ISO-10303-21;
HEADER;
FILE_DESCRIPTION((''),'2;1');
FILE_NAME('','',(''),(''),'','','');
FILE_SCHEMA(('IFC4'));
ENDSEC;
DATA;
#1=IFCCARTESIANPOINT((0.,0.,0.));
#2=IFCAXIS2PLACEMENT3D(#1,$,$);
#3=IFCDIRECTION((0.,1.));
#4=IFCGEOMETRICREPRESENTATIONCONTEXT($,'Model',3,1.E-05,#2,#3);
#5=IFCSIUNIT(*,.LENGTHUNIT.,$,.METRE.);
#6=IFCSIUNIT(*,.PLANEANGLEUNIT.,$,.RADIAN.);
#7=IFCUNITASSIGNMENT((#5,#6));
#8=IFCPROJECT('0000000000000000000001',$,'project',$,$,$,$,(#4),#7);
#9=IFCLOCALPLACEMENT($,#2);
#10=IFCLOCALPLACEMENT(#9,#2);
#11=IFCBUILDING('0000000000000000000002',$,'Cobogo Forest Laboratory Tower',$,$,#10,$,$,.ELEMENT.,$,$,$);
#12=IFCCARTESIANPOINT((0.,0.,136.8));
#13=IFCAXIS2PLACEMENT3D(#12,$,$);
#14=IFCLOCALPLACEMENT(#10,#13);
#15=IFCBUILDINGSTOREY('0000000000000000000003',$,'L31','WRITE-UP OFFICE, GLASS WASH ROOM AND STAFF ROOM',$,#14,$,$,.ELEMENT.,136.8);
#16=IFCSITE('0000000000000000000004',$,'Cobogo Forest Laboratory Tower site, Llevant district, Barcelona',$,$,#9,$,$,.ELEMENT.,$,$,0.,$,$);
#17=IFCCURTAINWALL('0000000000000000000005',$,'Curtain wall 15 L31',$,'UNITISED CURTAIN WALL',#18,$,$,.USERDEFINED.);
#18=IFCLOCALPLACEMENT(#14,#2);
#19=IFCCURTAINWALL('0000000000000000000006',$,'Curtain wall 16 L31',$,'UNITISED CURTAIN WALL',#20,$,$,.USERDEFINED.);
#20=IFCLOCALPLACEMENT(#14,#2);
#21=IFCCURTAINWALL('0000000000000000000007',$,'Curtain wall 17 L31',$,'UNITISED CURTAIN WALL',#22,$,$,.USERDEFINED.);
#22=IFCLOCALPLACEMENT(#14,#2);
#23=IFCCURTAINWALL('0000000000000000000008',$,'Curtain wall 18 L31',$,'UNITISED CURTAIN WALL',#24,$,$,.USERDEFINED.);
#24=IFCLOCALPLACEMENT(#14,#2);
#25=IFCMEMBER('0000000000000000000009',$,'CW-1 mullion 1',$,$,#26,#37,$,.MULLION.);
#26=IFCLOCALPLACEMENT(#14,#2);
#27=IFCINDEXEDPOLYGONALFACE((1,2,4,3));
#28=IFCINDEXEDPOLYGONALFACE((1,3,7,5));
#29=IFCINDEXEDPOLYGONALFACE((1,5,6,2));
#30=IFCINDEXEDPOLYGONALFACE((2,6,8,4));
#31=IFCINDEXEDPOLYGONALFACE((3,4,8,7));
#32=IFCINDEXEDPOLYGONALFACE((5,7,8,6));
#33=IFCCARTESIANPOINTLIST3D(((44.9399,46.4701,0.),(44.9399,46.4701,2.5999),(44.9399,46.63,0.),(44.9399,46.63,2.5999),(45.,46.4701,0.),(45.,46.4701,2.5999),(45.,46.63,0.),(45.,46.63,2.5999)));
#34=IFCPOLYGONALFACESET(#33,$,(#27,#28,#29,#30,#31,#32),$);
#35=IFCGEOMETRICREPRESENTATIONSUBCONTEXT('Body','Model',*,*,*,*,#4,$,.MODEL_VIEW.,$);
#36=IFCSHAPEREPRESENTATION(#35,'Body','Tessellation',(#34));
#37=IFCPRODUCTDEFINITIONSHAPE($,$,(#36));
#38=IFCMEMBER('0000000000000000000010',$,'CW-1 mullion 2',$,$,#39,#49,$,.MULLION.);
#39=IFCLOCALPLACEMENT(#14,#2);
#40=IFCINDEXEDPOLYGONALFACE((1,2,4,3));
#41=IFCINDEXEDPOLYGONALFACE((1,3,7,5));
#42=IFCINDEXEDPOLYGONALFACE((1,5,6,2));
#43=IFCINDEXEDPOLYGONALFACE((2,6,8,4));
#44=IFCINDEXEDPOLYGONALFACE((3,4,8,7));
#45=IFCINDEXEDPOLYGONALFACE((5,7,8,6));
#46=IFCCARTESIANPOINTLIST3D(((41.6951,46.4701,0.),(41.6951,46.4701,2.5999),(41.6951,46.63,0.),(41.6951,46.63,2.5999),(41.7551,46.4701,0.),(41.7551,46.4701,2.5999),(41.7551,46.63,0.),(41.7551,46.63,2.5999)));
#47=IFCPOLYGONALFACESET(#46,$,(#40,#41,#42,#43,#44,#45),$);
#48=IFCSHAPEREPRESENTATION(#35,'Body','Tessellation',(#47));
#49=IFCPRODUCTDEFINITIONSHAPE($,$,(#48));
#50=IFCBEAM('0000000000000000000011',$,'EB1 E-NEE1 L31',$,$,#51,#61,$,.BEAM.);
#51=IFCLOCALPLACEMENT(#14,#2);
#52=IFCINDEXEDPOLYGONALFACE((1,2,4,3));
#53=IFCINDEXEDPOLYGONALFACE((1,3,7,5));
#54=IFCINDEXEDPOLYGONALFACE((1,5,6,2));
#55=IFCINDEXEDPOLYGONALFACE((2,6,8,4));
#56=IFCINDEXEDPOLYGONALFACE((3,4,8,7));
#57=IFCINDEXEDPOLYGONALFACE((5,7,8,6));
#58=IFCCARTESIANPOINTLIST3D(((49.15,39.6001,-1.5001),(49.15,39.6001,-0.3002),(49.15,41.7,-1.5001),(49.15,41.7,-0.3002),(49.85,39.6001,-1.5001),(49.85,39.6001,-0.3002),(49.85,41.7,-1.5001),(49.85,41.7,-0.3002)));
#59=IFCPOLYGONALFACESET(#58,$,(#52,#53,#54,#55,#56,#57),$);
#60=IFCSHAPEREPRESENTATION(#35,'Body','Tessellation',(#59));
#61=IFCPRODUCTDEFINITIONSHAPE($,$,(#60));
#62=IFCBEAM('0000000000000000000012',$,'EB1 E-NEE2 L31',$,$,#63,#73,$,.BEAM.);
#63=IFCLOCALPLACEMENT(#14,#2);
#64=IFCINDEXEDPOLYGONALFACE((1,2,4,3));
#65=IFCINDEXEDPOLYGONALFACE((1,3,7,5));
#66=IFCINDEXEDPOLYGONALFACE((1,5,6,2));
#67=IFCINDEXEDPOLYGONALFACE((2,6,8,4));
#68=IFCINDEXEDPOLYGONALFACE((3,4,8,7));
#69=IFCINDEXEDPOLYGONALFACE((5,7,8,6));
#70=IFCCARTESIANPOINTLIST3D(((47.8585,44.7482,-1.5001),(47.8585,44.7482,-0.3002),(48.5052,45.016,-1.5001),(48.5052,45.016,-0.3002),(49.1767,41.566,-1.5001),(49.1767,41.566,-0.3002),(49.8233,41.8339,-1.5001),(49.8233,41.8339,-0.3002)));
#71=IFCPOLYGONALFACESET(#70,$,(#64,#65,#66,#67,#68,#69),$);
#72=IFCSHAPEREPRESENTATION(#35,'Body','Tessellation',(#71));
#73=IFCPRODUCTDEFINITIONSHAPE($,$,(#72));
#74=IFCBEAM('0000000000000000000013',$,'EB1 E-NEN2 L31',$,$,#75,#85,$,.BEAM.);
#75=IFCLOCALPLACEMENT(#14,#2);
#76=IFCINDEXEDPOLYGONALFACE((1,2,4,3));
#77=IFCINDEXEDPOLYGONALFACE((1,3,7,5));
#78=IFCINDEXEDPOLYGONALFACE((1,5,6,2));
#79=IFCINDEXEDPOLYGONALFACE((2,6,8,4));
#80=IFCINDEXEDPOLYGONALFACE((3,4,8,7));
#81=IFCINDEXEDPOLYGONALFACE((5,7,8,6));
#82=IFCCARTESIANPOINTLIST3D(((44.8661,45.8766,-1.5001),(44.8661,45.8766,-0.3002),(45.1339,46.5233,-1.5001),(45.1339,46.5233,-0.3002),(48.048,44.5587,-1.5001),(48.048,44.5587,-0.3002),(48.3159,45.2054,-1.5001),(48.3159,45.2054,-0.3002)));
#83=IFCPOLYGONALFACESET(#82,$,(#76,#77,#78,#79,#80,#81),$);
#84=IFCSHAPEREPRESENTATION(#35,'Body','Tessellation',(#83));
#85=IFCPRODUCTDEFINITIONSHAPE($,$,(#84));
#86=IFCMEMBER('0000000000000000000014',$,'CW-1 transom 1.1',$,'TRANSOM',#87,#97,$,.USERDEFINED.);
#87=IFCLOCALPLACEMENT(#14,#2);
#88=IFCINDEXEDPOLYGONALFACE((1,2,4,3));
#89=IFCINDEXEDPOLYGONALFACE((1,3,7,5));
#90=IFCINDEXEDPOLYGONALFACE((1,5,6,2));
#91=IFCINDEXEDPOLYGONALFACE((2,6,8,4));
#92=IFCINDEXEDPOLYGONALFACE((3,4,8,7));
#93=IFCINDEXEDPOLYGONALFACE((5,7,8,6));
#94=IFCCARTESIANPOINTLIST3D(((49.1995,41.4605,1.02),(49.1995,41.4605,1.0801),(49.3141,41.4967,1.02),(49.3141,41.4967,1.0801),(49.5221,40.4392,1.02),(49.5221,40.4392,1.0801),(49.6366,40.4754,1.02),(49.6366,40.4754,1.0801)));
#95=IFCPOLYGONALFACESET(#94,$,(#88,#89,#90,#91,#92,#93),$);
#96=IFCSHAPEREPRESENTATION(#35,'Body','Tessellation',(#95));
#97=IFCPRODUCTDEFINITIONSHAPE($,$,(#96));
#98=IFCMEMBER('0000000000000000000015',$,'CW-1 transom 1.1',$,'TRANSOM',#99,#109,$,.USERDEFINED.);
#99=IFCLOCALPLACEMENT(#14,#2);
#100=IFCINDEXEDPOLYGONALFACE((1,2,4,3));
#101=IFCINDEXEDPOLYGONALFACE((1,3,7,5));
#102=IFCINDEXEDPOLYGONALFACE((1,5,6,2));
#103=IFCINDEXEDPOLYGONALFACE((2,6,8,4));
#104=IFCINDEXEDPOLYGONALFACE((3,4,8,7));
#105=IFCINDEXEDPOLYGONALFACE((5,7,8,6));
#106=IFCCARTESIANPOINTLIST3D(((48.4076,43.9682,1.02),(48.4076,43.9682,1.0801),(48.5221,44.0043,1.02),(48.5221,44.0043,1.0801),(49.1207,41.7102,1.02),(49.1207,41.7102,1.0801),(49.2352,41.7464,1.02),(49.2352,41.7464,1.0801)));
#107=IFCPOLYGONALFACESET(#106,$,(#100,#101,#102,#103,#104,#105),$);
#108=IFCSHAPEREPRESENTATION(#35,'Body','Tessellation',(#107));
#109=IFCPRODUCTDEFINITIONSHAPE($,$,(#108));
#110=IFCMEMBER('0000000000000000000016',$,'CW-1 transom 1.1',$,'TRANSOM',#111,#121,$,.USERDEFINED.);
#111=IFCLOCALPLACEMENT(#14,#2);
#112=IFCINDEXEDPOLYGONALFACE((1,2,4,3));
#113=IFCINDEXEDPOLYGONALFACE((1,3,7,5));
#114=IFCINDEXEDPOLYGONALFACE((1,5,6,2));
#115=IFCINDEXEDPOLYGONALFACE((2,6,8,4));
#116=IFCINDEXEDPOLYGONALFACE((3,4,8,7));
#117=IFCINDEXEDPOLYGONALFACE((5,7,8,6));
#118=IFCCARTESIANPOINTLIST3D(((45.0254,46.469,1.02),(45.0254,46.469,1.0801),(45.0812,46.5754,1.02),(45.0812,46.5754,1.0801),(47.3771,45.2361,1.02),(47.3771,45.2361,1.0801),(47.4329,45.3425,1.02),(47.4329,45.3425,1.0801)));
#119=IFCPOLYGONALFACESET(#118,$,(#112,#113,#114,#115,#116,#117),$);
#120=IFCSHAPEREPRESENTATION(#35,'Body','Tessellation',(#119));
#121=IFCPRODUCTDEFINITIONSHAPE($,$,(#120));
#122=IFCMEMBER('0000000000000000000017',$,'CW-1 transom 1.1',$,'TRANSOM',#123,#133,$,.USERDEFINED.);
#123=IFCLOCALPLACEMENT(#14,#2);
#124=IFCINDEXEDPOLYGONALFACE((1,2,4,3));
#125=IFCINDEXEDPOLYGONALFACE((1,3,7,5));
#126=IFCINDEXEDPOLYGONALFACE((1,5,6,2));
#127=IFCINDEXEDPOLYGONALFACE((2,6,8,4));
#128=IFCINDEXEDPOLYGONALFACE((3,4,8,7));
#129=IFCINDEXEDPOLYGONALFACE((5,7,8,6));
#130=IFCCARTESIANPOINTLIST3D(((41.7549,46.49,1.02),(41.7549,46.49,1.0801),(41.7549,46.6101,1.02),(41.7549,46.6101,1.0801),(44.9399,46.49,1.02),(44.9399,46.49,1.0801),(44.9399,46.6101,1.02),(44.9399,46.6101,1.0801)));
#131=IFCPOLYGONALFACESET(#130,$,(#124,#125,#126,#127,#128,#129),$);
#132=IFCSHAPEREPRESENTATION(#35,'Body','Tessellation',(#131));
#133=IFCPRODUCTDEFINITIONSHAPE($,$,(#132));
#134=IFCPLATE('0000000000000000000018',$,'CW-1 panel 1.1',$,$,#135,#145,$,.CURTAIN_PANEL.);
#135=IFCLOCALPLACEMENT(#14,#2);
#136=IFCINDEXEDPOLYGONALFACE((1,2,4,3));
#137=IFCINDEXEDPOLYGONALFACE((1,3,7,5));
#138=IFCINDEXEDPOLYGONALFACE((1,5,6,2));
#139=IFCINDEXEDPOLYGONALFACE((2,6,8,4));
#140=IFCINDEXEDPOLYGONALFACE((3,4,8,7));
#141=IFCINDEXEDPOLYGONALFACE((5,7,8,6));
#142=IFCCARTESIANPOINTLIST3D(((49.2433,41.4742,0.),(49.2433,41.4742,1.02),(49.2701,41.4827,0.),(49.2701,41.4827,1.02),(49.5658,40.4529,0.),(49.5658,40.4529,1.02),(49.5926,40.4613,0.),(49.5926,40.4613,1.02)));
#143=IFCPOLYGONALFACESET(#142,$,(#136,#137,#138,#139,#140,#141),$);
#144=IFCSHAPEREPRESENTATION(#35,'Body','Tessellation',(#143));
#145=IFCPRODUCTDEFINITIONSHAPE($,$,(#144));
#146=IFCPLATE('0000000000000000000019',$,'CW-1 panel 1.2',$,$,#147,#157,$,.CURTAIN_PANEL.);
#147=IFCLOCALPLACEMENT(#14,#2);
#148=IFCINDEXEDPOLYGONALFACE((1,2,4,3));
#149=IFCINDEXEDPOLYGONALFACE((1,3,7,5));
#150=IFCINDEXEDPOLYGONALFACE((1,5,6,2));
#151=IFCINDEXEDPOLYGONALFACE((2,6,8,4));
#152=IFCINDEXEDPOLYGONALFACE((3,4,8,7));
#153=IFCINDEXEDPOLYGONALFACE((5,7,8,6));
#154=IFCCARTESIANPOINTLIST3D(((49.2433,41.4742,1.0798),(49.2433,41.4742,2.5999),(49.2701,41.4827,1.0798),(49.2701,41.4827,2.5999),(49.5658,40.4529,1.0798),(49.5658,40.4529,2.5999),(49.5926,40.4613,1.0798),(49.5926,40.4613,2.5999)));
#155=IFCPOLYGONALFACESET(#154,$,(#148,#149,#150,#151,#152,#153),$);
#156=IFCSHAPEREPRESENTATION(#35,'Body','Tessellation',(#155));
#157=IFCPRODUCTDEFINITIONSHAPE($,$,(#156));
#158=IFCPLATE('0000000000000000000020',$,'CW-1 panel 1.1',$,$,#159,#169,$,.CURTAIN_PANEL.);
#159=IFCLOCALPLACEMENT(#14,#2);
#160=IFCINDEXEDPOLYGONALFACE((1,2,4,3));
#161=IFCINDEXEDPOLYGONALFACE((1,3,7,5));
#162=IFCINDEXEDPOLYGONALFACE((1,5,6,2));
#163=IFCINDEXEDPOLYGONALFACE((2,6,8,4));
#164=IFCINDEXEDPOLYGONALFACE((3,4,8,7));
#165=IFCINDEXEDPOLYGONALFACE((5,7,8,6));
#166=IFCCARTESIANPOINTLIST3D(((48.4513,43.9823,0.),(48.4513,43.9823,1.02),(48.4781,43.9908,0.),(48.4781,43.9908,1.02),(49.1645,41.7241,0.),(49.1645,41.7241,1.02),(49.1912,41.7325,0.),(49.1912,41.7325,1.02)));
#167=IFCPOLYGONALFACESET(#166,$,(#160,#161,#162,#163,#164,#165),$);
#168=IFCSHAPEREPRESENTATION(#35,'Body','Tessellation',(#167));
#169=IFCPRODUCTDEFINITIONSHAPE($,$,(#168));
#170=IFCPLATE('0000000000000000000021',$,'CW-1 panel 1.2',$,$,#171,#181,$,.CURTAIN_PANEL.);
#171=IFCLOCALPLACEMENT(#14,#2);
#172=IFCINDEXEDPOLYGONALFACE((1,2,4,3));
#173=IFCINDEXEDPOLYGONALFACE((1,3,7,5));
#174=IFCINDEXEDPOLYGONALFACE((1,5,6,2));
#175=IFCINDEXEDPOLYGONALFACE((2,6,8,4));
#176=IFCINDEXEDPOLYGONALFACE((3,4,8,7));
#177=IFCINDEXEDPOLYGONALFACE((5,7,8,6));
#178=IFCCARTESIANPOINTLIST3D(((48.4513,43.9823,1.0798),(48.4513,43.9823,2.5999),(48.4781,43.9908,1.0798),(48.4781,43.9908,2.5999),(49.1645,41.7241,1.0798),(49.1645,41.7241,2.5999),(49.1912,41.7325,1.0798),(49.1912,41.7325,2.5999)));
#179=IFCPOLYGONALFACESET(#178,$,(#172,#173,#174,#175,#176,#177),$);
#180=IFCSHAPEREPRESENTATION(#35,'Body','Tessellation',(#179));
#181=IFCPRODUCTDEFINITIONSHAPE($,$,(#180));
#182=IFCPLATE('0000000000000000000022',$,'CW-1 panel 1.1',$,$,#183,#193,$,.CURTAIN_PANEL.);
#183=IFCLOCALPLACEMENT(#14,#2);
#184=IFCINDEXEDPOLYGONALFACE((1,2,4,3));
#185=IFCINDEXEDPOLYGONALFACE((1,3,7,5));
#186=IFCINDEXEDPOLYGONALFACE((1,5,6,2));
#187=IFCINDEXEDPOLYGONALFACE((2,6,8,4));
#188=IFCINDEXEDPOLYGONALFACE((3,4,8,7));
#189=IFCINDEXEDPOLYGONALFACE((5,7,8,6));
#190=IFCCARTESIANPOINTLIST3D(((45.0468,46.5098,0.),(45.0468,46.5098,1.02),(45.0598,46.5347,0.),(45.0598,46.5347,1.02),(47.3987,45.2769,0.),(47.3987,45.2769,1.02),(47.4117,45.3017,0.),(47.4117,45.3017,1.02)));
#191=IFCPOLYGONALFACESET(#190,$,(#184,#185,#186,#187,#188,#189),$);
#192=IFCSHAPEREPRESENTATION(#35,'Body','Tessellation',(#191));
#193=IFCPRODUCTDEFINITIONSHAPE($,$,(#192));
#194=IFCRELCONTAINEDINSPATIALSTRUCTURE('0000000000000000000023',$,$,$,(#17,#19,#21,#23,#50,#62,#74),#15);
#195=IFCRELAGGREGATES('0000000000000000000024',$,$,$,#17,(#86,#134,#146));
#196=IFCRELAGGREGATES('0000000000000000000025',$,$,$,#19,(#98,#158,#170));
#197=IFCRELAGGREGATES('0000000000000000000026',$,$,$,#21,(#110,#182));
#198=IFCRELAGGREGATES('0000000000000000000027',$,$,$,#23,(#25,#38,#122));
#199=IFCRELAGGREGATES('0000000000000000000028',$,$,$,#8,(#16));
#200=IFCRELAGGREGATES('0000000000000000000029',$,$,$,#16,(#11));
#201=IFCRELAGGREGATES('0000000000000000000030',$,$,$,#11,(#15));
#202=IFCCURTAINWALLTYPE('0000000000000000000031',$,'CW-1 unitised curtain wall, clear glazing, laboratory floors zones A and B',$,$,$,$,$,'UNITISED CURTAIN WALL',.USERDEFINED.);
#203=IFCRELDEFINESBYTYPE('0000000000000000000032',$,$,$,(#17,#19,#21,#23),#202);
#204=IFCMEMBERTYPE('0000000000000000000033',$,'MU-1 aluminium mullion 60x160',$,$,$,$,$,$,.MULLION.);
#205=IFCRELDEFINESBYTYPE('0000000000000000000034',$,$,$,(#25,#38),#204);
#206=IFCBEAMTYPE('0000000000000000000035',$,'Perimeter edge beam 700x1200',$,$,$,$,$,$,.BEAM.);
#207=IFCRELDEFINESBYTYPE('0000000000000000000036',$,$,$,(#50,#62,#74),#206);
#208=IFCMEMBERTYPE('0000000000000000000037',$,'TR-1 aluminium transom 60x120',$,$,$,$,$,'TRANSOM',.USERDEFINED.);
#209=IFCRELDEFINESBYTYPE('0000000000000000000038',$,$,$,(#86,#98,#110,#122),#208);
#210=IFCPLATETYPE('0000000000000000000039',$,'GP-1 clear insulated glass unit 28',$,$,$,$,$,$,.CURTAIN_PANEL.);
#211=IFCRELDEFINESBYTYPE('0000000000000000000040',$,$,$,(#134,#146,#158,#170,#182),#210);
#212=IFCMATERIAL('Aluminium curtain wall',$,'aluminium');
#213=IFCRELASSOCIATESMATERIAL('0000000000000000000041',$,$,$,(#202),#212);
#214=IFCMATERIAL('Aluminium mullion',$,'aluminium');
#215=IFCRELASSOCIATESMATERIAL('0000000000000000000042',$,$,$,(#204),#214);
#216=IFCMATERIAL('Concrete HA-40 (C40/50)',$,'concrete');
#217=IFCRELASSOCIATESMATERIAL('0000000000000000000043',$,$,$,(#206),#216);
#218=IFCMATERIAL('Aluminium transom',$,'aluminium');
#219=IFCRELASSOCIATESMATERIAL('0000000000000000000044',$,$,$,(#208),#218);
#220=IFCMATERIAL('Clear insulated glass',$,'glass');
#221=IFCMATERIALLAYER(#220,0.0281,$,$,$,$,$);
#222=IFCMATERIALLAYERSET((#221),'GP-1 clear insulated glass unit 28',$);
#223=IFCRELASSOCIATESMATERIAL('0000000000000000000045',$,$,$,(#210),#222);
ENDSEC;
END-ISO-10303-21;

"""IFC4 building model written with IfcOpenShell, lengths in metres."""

from ifc_helpers import new_model, si_unit, direction, frame, origin, origin_2d, place, context, subcontext, project, spatial, rectangle, extrude, material, layer, layer_set, material_profile, profile_set, type_object, element, aggregate, save


model = new_model("IFC4")

# Units and contexts
model_context = context("Model", 3, precision=1e-05, world=origin(), true_north=direction((0.0, 1.0)))
body_context = subcontext(model_context, "Body", "Model", "MODEL_VIEW")
ifc_project = project(units=[si_unit("LENGTHUNIT", "METRE"), si_unit("PLANEANGLEUNIT", "RADIAN")], contexts=[model_context])

# Site, building, storey
site_placement = place(None, origin())
site = spatial("IfcSite", under=ifc_project, at=site_placement, Name="Cobogo Forest Laboratory Tower site, Llevant district, Barcelona", CompositionType="ELEMENT", RefElevation=0.0)
building_placement = place(site_placement, origin())
building = spatial("IfcBuilding", under=site, at=building_placement, Name="Cobogo Forest Laboratory Tower", CompositionType="ELEMENT")
storey_placement = place(building_placement, frame((0.0, 0.0, 136.8)))
storey = spatial("IfcBuildingStorey", under=building, at=storey_placement, Name="L31", Description="WRITE-UP OFFICE, GLASS WASH ROOM AND STAFF ROOM", CompositionType="ELEMENT", Elevation=136.8)

# Curtain walls, members
ifc_material_1 = material(Name="Aluminium curtain wall", Category="aluminium")
curtain_wall_type = type_object("IfcCurtainWallType", Name="CW-1 unitised curtain wall, clear glazing, laboratory floors zones A and B", ElementType="UNITISED CURTAIN WALL", PredefinedType="USERDEFINED", material=ifc_material_1)
curtain_wall_1_placement = place(storey_placement, origin())
curtain_wall_1 = element("IfcCurtainWall", 1, at=curtain_wall_1_placement, inside=storey, type_object=curtain_wall_type, Name="Curtain wall 15 L31", ObjectType="UNITISED CURTAIN WALL", PredefinedType="USERDEFINED")
ifc_material_2 = material(Name="Aluminium mullion", Category="aluminium")
ifc_material_profile_1 = material_profile(ifc_material_2, rectangle(XDim=0.0601, YDim=0.1599, at=origin_2d()), Name="AL 60x160")
ifc_profile_set_1 = profile_set([ifc_material_profile_1], Name="Aluminium mullion")
member_type_1 = type_object("IfcMemberType", Name="MU-1 aluminium mullion 60x160", PredefinedType="MULLION", material=ifc_profile_set_1)
curtain_wall_2_placement = place(storey_placement, origin())
curtain_wall_2 = element("IfcCurtainWall", 2, at=curtain_wall_2_placement, inside=storey, type_object=curtain_wall_type, Name="Curtain wall 16 L31", ObjectType="UNITISED CURTAIN WALL", PredefinedType="USERDEFINED")
curtain_wall_3_placement = place(storey_placement, origin())
curtain_wall_3 = element("IfcCurtainWall", 3, at=curtain_wall_3_placement, inside=storey, type_object=curtain_wall_type, Name="Curtain wall 17 L31", ObjectType="UNITISED CURTAIN WALL", PredefinedType="USERDEFINED")
curtain_wall_4_placement = place(storey_placement, origin())
curtain_wall_4 = element("IfcCurtainWall", 4, at=curtain_wall_4_placement, inside=storey, type_object=curtain_wall_type, Name="Curtain wall 18 L31", ObjectType="UNITISED CURTAIN WALL", PredefinedType="USERDEFINED")
member_1_placement = place(storey_placement, frame((44.97, 46.55, 0.0), z_axis=(0.0, 0.0, 1.0), x_axis=(-1.0, 0.0, 0.0)))
member_1 = element("IfcMember", 5, at=member_1_placement, type_object=member_type_1, Name="CW-1 mullion 1", PredefinedType="MULLION", context=body_context, shape_type="SweptSolid", body=[
    extrude(rectangle(XDim=0.0601, YDim=0.1599, at=origin_2d()), origin(), (0.0, 0.0, 1.0), 2.5999),
])
member_2_placement = place(storey_placement, frame((41.7251, 46.55, 0.0), z_axis=(0.0, 0.0, 1.0), x_axis=(-1.0, 0.0, 0.0)))
member_2 = element("IfcMember", 6, at=member_2_placement, type_object=member_type_1, Name="CW-1 mullion 2", PredefinedType="MULLION", context=body_context, shape_type="SweptSolid", body=[
    extrude(rectangle(XDim=0.0601, YDim=0.1599, at=origin_2d()), origin(), (0.0, 0.0, 1.0), 2.5999),
])

# Beams
ifc_material_3 = material(Name="Concrete HA-40 (C40/50)", Category="concrete")
ifc_material_profile_2 = material_profile(ifc_material_3, rectangle(XDim=0.7, YDim=1.2, at=origin_2d()), Name="RC 700x1200")
ifc_profile_set_2 = profile_set([ifc_material_profile_2], Name="Concrete HA-40 (C40/50)")
beam_type_1 = type_object("IfcBeamType", Name="Perimeter edge beam 700x1200", PredefinedType="BEAM", material=ifc_profile_set_2)
beam_1_placement = place(storey_placement, frame((49.5, 39.6001, -0.9001), z_axis=(0.0, 1.0, 0.0), x_axis=(-1.0, 0.0, 0.0)))
element("IfcBeam", 7, at=beam_1_placement, inside=storey, type_object=beam_type_1, Name="EB1 E-NEE1 L31", PredefinedType="BEAM", context=body_context, shape_type="SweptSolid", body=[
    extrude(rectangle(XDim=0.7, YDim=1.2, at=origin_2d()), origin(), (0.0, 0.0, 1.0), 2.0999),
])
beam_2_placement = place(storey_placement, frame((49.5, 41.7, -0.9001), z_axis=(-0.382692, 0.923876, 0.0), x_axis=(-0.923876, -0.382692, 0.0)))
element("IfcBeam", 8, at=beam_2_placement, inside=storey, type_object=beam_type_1, Name="EB1 E-NEE2 L31", PredefinedType="BEAM", context=body_context, shape_type="SweptSolid", body=[
    extrude(rectangle(XDim=0.7, YDim=1.2, at=origin_2d()), origin(), (0.0, 0.0, 1.0), 3.4443),
])
beam_3_placement = place(storey_placement, frame((45.0, 46.2, -0.9001), z_axis=(0.923891, -0.382656, 0.0), x_axis=(0.382656, 0.923891, 0.0)))
element("IfcBeam", 9, at=beam_3_placement, inside=storey, type_object=beam_type_1, Name="EB1 E-NEN2 L31", PredefinedType="BEAM", context=body_context, shape_type="SweptSolid", body=[
    extrude(rectangle(XDim=0.7, YDim=1.2, at=origin_2d()), origin(), (0.0, 0.0, 1.0), 3.4441),
])

# Members
ifc_material_4 = material(Name="Aluminium transom", Category="aluminium")
ifc_material_profile_3 = material_profile(ifc_material_4, rectangle(XDim=0.1201, YDim=0.0601, at=origin_2d()), Name="AL 60x120")
ifc_profile_set_3 = profile_set([ifc_material_profile_3], Name="Aluminium transom")
member_type_2 = type_object("IfcMemberType", Name="TR-1 aluminium transom 60x120", ElementType="TRANSOM", PredefinedType="USERDEFINED", material=ifc_profile_set_3)
member_3_placement = place(storey_placement, frame((49.5793, 40.4573, 1.05), z_axis=(-0.301142, 0.953579, 0.0), x_axis=(-0.953579, -0.301142, 0.0)))
member_3 = element("IfcMember", 10, at=member_3_placement, type_object=member_type_2, Name="CW-1 transom 1.1", ObjectType="TRANSOM", PredefinedType="USERDEFINED", context=body_context, shape_type="SweptSolid", body=[
    extrude(rectangle(XDim=0.1201, YDim=0.0601, at=origin_2d()), origin(), (0.0, 0.0, 1.0), 1.071),
])
member_4_placement = place(storey_placement, frame((49.178, 41.7283, 1.05), z_axis=(-0.301156, 0.953575, 0.0), x_axis=(-0.953575, -0.301156, 0.0)))
member_4 = element("IfcMember", 11, at=member_4_placement, type_object=member_type_2, Name="CW-1 transom 1.1", ObjectType="TRANSOM", PredefinedType="USERDEFINED", context=body_context, shape_type="SweptSolid", body=[
    extrude(rectangle(XDim=0.1201, YDim=0.0601, at=origin_2d()), origin(), (0.0, 0.0, 1.0), 2.3679),
])
member_5_placement = place(storey_placement, frame((47.405, 45.2893, 1.05), z_axis=(-0.885675, 0.464306, 0.0), x_axis=(-0.464306, -0.885675, 0.0)))
member_5 = element("IfcMember", 12, at=member_5_placement, type_object=member_type_2, Name="CW-1 transom 1.1", ObjectType="TRANSOM", PredefinedType="USERDEFINED", context=body_context, shape_type="SweptSolid", body=[
    extrude(rectangle(XDim=0.1201, YDim=0.0601, at=origin_2d()), origin(), (0.0, 0.0, 1.0), 2.6553),
])
member_6_placement = place(storey_placement, frame((44.9399, 46.55, 1.05), z_axis=(-1.0, 0.0, 0.0), x_axis=(0.0, -1.0, 0.0)))
member_6 = element("IfcMember", 13, at=member_6_placement, type_object=member_type_2, Name="CW-1 transom 1.1", ObjectType="TRANSOM", PredefinedType="USERDEFINED", context=body_context, shape_type="SweptSolid", body=[
    extrude(rectangle(XDim=0.1201, YDim=0.0601, at=origin_2d()), origin(), (0.0, 0.0, 1.0), 3.1851),
])

# Plates
ifc_material_5 = material(Name="Clear insulated glass", Category="glass")
ifc_layer = layer(ifc_material_5, 0.0281)
ifc_layer_set = layer_set([ifc_layer], Name="GP-1 clear insulated glass unit 28")
plate_type = type_object("IfcPlateType", Name="GP-1 clear insulated glass unit 28", PredefinedType="CURTAIN_PANEL", material=ifc_layer_set)
plate_1_placement = place(storey_placement, frame((49.418, 40.9678, 0.0), z_axis=(0.0, 0.0, 1.0), x_axis=(-0.301136, 0.953581, 0.0)))
plate_1 = element("IfcPlate", 14, at=plate_1_placement, type_object=plate_type, Name="CW-1 panel 1.1", PredefinedType="CURTAIN_PANEL", context=body_context, shape_type="SweptSolid", body=[
    extrude(rectangle(XDim=1.071, YDim=0.0281, at=origin_2d()), origin(), (0.0, 0.0, 1.0), 1.02),
])
plate_2_placement = place(storey_placement, frame((49.418, 40.9678, 1.0798), z_axis=(0.0, 0.0, 1.0), x_axis=(-0.301136, 0.953581, 0.0)))
plate_2 = element("IfcPlate", 15, at=plate_2_placement, type_object=plate_type, Name="CW-1 panel 1.2", PredefinedType="CURTAIN_PANEL", context=body_context, shape_type="SweptSolid", body=[
    extrude(rectangle(XDim=1.071, YDim=0.0281, at=origin_2d()), origin(), (0.0, 0.0, 1.0), 1.52),
])
aggregate(curtain_wall_1, [member_3, plate_1, plate_2])
plate_3_placement = place(storey_placement, frame((48.8213, 42.8574, 0.0), z_axis=(0.0, 0.0, 1.0), x_axis=(-0.301135, 0.953581, 0.0)))
plate_3 = element("IfcPlate", 16, at=plate_3_placement, type_object=plate_type, Name="CW-1 panel 1.1", PredefinedType="CURTAIN_PANEL", context=body_context, shape_type="SweptSolid", body=[
    extrude(rectangle(XDim=2.3682, YDim=0.0281, at=origin_2d()), origin(), (0.0, 0.0, 1.0), 1.02),
])
plate_4_placement = place(storey_placement, frame((48.8213, 42.8574, 1.0798), z_axis=(0.0, 0.0, 1.0), x_axis=(-0.301135, 0.953581, 0.0)))
plate_4 = element("IfcPlate", 17, at=plate_4_placement, type_object=plate_type, Name="CW-1 panel 1.2", PredefinedType="CURTAIN_PANEL", context=body_context, shape_type="SweptSolid", body=[
    extrude(rectangle(XDim=2.3682, YDim=0.0281, at=origin_2d()), origin(), (0.0, 0.0, 1.0), 1.52),
])
aggregate(curtain_wall_2, [member_4, plate_3, plate_4])
plate_5_placement = place(storey_placement, frame((46.2292, 45.9058, 0.0), z_axis=(0.0, 0.0, 1.0), x_axis=(-0.885687, 0.464284, 0.0)))
plate_5 = element("IfcPlate", 18, at=plate_5_placement, type_object=plate_type, Name="CW-1 panel 1.1", PredefinedType="CURTAIN_PANEL", context=body_context, shape_type="SweptSolid", body=[
    extrude(rectangle(XDim=2.6555, YDim=0.0281, at=origin_2d()), origin(), (0.0, 0.0, 1.0), 1.02),
])
aggregate(curtain_wall_3, [member_5, plate_5])
aggregate(curtain_wall_4, [member_1, member_2, member_6])

save(model, "model.ifc")
